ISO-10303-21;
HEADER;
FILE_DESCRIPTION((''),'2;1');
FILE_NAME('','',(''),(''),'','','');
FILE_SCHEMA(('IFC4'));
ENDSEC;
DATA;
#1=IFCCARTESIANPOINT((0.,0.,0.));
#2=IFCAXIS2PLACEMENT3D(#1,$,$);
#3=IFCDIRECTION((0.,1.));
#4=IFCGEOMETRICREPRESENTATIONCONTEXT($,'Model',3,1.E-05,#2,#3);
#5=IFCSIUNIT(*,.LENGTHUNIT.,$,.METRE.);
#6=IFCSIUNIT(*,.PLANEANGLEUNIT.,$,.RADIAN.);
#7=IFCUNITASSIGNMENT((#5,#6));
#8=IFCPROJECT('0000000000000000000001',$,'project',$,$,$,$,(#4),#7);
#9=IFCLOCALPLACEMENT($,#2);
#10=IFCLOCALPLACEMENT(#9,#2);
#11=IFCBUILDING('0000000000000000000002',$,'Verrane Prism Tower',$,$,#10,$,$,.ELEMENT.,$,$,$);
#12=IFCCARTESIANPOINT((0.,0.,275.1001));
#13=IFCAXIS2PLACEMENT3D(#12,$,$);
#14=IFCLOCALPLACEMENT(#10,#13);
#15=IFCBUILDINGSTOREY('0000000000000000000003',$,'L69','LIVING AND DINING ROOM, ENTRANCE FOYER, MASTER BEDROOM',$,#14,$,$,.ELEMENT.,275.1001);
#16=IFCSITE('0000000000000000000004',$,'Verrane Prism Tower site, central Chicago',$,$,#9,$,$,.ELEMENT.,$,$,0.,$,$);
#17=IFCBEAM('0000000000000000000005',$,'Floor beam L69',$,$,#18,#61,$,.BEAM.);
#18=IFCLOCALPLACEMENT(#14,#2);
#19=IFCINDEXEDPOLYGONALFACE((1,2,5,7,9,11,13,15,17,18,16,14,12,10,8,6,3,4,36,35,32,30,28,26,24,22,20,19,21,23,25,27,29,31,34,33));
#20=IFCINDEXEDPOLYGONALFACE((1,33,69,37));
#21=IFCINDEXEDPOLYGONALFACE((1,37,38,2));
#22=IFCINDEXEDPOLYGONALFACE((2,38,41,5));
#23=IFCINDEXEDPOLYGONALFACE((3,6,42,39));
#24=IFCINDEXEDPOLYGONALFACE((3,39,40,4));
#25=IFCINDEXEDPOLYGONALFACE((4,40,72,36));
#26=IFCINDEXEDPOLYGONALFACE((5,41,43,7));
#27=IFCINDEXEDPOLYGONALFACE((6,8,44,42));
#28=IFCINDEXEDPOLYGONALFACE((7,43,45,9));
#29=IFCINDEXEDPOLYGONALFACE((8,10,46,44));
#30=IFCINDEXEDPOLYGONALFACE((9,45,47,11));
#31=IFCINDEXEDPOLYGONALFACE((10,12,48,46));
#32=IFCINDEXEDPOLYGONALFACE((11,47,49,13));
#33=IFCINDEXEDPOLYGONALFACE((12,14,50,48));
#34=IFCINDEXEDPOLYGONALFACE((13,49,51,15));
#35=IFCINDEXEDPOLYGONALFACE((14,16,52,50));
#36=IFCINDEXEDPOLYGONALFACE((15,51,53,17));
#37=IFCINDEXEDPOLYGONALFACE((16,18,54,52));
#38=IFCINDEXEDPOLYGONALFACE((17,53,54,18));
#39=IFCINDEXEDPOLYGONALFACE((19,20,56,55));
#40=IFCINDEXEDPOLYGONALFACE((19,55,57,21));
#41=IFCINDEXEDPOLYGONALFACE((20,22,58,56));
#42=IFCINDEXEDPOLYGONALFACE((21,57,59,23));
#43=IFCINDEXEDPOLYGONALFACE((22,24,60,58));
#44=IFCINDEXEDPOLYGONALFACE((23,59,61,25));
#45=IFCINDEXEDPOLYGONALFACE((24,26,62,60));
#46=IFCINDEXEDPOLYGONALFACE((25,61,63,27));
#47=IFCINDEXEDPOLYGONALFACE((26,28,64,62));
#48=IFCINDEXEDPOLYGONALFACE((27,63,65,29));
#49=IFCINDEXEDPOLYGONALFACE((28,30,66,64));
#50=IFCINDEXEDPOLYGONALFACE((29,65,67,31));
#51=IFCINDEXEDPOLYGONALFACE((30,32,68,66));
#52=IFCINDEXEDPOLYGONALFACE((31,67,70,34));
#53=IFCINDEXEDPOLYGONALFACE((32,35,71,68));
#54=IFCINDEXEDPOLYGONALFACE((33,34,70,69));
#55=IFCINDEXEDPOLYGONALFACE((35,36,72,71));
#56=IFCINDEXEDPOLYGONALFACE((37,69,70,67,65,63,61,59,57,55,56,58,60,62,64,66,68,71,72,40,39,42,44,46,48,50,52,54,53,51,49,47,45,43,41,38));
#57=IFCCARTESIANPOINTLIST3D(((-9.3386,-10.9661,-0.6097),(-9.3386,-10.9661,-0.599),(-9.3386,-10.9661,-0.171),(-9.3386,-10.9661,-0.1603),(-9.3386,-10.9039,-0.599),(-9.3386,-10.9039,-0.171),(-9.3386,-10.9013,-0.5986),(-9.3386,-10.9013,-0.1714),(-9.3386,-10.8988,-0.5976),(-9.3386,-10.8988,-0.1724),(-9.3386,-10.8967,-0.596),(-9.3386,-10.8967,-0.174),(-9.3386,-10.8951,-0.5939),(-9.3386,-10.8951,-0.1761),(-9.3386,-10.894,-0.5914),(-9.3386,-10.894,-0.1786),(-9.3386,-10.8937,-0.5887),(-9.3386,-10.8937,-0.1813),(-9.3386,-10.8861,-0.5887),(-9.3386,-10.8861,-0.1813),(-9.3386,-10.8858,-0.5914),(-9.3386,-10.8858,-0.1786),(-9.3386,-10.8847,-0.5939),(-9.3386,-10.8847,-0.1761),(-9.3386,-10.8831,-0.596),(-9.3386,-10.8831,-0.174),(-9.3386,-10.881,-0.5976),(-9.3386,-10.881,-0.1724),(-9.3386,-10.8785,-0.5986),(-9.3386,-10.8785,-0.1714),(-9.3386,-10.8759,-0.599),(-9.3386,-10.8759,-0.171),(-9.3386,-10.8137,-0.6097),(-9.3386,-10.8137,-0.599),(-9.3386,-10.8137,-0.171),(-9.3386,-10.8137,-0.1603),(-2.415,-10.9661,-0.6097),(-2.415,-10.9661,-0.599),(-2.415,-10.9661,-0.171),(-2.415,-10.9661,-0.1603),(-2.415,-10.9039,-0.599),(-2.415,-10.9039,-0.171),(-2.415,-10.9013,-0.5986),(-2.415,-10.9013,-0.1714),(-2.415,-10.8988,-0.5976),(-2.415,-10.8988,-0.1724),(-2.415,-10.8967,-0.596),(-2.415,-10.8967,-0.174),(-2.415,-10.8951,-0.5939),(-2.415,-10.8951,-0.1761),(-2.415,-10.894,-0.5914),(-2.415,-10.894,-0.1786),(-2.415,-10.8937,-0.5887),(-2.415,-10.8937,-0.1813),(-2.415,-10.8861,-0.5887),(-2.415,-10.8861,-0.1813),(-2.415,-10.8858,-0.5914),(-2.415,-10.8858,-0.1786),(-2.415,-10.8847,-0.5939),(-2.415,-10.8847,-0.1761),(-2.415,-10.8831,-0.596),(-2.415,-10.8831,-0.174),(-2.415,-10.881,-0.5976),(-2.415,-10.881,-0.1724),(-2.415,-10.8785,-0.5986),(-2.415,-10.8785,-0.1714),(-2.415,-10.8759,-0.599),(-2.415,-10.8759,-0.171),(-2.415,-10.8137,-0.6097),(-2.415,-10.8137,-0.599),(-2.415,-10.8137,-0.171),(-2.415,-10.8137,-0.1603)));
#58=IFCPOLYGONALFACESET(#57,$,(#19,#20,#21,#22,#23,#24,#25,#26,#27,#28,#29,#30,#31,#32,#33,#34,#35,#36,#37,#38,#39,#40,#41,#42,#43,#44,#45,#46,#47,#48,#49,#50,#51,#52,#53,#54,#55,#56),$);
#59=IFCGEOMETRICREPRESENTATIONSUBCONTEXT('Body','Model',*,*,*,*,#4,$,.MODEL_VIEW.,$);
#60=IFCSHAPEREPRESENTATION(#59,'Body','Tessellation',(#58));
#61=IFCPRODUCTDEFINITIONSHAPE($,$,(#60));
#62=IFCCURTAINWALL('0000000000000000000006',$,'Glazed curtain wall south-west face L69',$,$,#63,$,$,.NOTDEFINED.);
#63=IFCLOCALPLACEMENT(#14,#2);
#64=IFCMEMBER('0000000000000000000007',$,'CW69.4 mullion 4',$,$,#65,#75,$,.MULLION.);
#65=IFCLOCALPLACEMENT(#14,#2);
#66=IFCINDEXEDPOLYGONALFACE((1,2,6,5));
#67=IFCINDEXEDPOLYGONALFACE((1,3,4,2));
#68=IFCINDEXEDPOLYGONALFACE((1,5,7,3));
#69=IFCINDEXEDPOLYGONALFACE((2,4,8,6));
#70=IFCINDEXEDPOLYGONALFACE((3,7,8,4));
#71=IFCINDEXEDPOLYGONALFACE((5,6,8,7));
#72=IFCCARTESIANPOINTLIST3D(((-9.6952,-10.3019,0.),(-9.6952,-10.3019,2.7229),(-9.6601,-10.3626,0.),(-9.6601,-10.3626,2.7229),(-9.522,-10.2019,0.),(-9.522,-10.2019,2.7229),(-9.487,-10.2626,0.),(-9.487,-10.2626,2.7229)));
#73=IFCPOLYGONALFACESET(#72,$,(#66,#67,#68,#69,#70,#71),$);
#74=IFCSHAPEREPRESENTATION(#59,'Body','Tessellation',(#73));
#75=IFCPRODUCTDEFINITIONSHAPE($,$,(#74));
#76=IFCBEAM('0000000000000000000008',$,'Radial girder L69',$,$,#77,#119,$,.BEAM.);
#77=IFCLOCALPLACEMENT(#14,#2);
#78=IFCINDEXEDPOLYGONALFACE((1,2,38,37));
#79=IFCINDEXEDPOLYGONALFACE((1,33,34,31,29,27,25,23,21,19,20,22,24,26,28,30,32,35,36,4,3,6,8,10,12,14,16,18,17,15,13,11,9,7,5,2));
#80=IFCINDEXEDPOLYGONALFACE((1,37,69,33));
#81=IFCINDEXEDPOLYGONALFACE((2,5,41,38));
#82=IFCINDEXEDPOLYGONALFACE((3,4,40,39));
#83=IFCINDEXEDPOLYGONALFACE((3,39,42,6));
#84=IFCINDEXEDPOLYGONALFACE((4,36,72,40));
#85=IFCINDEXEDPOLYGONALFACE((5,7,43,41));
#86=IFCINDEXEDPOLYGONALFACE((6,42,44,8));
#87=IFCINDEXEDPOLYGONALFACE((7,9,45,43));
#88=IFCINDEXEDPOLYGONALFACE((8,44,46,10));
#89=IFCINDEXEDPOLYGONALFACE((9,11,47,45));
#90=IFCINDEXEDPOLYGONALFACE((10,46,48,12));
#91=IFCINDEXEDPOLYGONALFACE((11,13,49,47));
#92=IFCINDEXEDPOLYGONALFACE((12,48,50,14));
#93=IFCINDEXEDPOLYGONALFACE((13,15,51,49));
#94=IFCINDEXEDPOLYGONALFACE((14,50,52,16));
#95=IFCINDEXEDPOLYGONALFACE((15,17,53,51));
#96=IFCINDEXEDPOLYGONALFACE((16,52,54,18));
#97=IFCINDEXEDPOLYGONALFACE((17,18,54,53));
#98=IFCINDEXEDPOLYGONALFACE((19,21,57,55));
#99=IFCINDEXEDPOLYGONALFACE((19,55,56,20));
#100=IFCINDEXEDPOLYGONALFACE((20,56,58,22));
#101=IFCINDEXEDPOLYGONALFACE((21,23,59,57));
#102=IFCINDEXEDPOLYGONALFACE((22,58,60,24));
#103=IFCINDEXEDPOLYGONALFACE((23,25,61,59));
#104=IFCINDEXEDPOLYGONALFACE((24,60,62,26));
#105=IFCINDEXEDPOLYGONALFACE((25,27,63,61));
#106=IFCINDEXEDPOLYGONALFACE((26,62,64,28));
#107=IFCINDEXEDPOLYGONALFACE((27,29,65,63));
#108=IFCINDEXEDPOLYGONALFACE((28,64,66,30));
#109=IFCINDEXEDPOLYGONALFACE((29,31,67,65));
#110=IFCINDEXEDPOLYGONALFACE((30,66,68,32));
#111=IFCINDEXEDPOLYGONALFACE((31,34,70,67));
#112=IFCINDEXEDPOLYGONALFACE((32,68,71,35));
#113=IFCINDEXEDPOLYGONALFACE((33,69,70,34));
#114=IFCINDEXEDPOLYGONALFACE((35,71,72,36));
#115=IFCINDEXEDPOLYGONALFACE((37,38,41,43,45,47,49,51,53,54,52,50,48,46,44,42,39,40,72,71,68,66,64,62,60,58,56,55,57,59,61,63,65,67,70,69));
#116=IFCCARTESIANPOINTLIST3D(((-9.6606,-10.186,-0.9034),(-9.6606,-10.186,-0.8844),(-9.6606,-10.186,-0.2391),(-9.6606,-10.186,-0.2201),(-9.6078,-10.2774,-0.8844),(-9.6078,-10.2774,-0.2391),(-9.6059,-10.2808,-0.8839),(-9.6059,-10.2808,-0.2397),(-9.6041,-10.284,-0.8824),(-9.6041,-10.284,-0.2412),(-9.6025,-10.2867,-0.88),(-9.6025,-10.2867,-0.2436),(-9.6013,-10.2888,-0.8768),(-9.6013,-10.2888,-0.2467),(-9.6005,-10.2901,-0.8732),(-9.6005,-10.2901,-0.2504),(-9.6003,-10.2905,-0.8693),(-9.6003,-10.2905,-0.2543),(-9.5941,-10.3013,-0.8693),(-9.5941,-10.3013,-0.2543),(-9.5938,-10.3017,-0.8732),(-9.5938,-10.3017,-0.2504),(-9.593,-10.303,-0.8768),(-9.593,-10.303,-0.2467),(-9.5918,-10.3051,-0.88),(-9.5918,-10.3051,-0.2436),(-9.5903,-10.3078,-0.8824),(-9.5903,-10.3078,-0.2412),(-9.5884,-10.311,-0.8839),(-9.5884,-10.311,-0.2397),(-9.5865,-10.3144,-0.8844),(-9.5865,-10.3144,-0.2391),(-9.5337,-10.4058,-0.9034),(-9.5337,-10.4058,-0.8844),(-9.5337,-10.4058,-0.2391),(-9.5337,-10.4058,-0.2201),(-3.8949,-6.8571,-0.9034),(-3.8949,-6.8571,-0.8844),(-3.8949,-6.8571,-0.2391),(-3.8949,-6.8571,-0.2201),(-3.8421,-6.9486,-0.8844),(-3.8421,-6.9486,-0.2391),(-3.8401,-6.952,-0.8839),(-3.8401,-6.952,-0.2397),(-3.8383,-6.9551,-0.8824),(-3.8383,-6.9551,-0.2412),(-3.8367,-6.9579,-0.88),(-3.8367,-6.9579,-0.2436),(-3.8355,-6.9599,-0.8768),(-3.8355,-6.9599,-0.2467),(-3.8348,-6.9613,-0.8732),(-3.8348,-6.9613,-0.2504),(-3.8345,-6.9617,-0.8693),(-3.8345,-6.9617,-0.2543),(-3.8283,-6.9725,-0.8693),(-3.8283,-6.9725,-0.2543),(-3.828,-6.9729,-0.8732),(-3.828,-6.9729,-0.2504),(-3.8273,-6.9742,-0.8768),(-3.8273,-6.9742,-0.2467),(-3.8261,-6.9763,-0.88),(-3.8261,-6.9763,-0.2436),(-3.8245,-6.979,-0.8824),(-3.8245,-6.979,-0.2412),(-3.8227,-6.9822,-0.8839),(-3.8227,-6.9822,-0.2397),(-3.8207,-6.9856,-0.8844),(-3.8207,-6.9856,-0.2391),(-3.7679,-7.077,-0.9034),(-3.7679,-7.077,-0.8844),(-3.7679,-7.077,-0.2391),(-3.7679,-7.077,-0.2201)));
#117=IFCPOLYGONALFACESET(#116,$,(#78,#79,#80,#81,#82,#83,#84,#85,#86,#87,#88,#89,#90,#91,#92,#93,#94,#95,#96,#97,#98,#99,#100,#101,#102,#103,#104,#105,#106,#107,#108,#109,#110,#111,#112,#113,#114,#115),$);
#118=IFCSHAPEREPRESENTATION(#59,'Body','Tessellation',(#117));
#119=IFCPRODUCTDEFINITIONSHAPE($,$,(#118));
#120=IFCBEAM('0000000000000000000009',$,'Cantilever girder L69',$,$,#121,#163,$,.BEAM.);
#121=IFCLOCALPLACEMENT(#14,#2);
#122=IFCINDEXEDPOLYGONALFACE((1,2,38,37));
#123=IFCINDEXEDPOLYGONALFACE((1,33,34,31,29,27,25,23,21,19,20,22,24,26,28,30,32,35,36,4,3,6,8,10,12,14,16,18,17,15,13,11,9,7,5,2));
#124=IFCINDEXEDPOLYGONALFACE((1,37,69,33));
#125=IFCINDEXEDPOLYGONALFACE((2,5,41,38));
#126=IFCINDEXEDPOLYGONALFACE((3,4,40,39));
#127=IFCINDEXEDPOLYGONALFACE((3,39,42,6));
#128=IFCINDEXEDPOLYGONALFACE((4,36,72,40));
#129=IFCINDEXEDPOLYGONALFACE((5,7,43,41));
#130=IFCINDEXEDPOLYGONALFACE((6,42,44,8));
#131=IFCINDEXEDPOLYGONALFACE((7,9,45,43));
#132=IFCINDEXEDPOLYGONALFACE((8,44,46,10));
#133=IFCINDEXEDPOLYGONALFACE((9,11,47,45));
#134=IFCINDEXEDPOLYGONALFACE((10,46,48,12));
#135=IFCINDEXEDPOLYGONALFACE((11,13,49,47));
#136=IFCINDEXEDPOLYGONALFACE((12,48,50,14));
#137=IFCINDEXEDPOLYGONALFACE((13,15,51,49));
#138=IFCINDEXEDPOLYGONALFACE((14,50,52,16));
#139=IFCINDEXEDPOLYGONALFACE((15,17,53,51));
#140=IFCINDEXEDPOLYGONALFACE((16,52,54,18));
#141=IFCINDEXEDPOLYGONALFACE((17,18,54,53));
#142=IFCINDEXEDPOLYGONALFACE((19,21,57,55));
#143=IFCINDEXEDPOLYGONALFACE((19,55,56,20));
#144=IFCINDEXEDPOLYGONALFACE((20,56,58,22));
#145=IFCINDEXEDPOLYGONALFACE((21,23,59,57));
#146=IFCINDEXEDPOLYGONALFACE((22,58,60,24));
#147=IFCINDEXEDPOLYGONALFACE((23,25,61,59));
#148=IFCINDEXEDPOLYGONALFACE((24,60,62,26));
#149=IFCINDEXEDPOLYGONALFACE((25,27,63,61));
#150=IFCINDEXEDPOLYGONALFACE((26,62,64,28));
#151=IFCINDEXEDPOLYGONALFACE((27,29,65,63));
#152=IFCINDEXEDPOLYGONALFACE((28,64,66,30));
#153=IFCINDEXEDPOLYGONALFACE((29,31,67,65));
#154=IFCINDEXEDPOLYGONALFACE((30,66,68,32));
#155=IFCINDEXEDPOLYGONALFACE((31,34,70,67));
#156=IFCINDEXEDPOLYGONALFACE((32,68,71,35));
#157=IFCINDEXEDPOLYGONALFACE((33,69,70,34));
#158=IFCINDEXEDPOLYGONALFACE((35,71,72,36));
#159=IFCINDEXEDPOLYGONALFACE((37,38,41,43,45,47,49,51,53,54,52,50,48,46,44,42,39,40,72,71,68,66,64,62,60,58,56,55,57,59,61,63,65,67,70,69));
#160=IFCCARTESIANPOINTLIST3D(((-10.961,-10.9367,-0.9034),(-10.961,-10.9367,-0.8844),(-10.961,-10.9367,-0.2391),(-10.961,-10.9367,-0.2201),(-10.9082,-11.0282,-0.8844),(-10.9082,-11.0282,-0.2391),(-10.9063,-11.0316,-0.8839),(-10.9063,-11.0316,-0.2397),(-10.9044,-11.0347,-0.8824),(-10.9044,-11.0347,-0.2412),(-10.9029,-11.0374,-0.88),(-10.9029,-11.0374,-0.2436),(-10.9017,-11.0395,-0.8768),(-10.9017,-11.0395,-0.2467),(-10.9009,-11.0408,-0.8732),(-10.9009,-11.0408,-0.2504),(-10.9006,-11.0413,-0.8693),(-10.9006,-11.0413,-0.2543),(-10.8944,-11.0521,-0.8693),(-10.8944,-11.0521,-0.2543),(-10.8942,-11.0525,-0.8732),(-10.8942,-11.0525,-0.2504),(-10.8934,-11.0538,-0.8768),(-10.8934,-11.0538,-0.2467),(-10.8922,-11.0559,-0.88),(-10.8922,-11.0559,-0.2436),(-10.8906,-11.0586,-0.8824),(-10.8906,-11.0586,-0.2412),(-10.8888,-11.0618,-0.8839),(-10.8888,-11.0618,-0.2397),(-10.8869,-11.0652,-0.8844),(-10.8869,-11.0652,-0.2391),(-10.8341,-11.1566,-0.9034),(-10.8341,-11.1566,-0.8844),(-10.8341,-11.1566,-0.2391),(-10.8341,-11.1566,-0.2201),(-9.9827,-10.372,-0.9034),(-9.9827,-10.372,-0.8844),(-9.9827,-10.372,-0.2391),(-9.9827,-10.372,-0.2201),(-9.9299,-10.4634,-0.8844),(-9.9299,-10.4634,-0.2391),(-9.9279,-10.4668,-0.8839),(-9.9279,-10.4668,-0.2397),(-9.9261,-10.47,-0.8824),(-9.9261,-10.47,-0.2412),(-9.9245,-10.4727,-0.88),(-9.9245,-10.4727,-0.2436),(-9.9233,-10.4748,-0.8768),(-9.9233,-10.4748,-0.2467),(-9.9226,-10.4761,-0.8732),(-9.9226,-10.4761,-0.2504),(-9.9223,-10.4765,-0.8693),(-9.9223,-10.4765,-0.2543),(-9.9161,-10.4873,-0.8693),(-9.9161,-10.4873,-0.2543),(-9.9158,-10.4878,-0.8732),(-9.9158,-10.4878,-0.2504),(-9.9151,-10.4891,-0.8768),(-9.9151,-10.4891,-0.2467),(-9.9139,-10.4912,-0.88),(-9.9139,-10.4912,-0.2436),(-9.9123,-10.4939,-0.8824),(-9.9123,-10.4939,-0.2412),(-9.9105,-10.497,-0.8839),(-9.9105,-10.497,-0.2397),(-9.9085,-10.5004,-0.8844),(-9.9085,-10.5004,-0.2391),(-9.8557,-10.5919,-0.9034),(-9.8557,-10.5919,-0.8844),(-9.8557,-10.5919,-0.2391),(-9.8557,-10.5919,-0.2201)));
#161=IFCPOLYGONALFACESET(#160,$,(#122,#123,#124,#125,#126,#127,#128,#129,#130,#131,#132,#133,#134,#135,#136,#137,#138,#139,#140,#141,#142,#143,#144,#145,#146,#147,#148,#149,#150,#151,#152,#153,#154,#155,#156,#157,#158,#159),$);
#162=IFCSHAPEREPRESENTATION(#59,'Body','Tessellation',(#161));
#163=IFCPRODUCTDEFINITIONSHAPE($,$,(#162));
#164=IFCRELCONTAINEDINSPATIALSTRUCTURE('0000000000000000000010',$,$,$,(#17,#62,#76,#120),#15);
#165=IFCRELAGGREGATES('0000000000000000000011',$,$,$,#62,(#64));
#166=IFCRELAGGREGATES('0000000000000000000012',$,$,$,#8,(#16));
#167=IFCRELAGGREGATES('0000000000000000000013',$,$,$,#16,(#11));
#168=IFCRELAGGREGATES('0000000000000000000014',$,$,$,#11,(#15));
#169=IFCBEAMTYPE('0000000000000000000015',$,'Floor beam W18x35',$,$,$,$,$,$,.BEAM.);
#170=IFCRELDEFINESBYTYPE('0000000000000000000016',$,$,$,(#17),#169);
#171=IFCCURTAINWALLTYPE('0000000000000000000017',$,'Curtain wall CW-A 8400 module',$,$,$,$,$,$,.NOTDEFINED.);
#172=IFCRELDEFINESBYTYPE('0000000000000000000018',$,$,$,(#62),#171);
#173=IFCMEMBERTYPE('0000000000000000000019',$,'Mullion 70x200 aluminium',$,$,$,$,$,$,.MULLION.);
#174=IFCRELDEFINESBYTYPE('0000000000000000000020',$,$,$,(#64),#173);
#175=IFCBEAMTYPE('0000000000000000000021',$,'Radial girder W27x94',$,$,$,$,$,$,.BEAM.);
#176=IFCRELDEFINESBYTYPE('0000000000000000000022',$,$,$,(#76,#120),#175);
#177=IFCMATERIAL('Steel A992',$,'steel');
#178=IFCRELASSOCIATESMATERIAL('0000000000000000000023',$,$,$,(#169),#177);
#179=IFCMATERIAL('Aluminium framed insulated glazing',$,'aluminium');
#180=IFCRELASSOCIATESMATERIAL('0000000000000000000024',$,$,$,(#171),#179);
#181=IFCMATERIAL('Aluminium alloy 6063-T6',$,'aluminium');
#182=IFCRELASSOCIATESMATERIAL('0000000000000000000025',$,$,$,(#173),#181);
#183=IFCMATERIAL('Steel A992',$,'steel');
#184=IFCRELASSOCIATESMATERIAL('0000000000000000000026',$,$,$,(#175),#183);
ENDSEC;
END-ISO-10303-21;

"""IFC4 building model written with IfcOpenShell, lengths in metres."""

from ifc_helpers import new_model, si_unit, direction, frame, origin, origin_2d, place, context, subcontext, project, spatial, rectangle, i_section, extrude, material, material_profile, profile_set, type_object, element, aggregate, save


model = new_model("IFC4")

# Units and contexts
model_context = context("Model", 3, precision=1e-05, world=origin(), true_north=direction((0.0, 1.0)))
body_context = subcontext(model_context, "Body", "Model", "MODEL_VIEW")
ifc_project = project(units=[si_unit("LENGTHUNIT", "METRE"), si_unit("PLANEANGLEUNIT", "RADIAN")], contexts=[model_context])

# Site, building, storey
site_placement = place(None, origin())
site = spatial("IfcSite", under=ifc_project, at=site_placement, Name="Verrane Prism Tower site, central Chicago", CompositionType="ELEMENT", RefElevation=0.0)
building_placement = place(site_placement, origin())
building = spatial("IfcBuilding", under=site, at=building_placement, Name="Verrane Prism Tower", CompositionType="ELEMENT")
storey_placement = place(building_placement, frame((0.0, 0.0, 275.1001)))
storey = spatial("IfcBuildingStorey", under=building, at=storey_placement, Name="L69", Description="LIVING AND DINING ROOM, ENTRANCE FOYER, MASTER BEDROOM", CompositionType="ELEMENT", Elevation=275.1001)

# Beam
ifc_material_1 = material(Name="Steel A992", Category="steel")
ifc_material_profile_1 = material_profile(ifc_material_1, i_section(OverallWidth=0.1523, OverallDepth=0.4495, WebThickness=0.0076, FlangeThickness=0.0107, FilletRadius=0.0103, at=origin_2d()), Name="W18x35")
ifc_profile_set_1 = profile_set([ifc_material_profile_1], Name="Steel A992")
beam_type_1 = type_object("IfcBeamType", Name="Floor beam W18x35", PredefinedType="BEAM", material=ifc_profile_set_1)
beam_1_placement = place(storey_placement, frame((-9.3386, -10.8899, -0.385), z_axis=(1.0, 0.0, 0.0), x_axis=(0.0, 1.0, 0.0)))
element("IfcBeam", 1, at=beam_1_placement, inside=storey, type_object=beam_type_1, Name="Floor beam L69", PredefinedType="BEAM", context=body_context, shape_type="SweptSolid", body=[
    extrude(i_section(OverallWidth=0.1523, OverallDepth=0.4495, WebThickness=0.0076, FlangeThickness=0.0107, FilletRadius=0.0103, at=origin_2d()), origin(), (0.0, 0.0, 1.0), 6.9236),
])

# Curtain wall, member
ifc_material_2 = material(Name="Aluminium framed insulated glazing", Category="aluminium")
curtain_wall_type = type_object("IfcCurtainWallType", Name="Curtain wall CW-A 8400 module", PredefinedType="NOTDEFINED", material=ifc_material_2)
curtain_wall_placement = place(storey_placement, origin())
curtain_wall = element("IfcCurtainWall", 2, at=curtain_wall_placement, inside=storey, type_object=curtain_wall_type, Name="Glazed curtain wall south-west face L69", PredefinedType="NOTDEFINED")
ifc_material_3 = material(Name="Aluminium alloy 6063-T6", Category="aluminium")
ifc_material_profile_2 = material_profile(ifc_material_3, rectangle(XDim=0.2, YDim=0.0701, at=origin_2d()), Name="Mullion 70x200 aluminium")
ifc_profile_set_2 = profile_set([ifc_material_profile_2], Name="Aluminium alloy 6063-T6")
member_type_1 = type_object("IfcMemberType", Name="Mullion 70x200 aluminium", PredefinedType="MULLION", material=ifc_profile_set_2)
member_1_placement = place(storey_placement, frame((-9.5911, -10.2822, 0.0), z_axis=(0.0, 0.0, 1.0), x_axis=(0.866025, 0.500001, 0.0)))
member_1 = element("IfcMember", 3, at=member_1_placement, type_object=member_type_1, Name="CW69.4 mullion 4", PredefinedType="MULLION", context=body_context, shape_type="SweptSolid", body=[
    extrude(rectangle(XDim=0.2, YDim=0.0701, at=origin_2d()), origin(), (0.0, 0.0, 1.0), 2.7229),
])

# Beams
ifc_material_4 = material(Name="Steel A992", Category="steel")
ifc_material_profile_3 = material_profile(ifc_material_4, i_section(OverallWidth=0.2539, OverallDepth=0.6833, WebThickness=0.0125, FlangeThickness=0.019, FilletRadius=0.0151, at=origin_2d()), Name="W27x94")
ifc_profile_set_3 = profile_set([ifc_material_profile_3], Name="Steel A992")
beam_type_2 = type_object("IfcBeamType", Name="Radial girder W27x94", PredefinedType="BEAM", material=ifc_profile_set_3)
beam_2_placement = place(storey_placement, frame((-9.5972, -10.2959, -0.5618), z_axis=(0.86603, 0.499992, 0.0), x_axis=(-0.499992, 0.86603, 0.0)))
element("IfcBeam", 4, at=beam_2_placement, inside=storey, type_object=beam_type_2, Name="Radial girder L69", PredefinedType="BEAM", context=body_context, shape_type="SweptSolid", body=[
    extrude(i_section(OverallWidth=0.2539, OverallDepth=0.6833, WebThickness=0.0125, FlangeThickness=0.019, FilletRadius=0.0151, at=origin_2d()), origin(), (0.0, 0.0, 1.0), 6.6577),
])
beam_3_placement = place(storey_placement, frame((-9.9192, -10.4819, -0.5618), z_axis=(-0.866067, -0.499928, 0.0), x_axis=(0.499928, -0.866067, 0.0)))
element("IfcBeam", 5, at=beam_3_placement, inside=storey, type_object=beam_type_2, Name="Cantilever girder L69", PredefinedType="BEAM", context=body_context, shape_type="SweptSolid", body=[
    extrude(i_section(OverallWidth=0.2539, OverallDepth=0.6833, WebThickness=0.0125, FlangeThickness=0.019, FilletRadius=0.0151, at=origin_2d()), origin(), (0.0, 0.0, 1.0), 1.1296),
])

aggregate(curtain_wall, [member_1])

save(model, "model.ifc")
